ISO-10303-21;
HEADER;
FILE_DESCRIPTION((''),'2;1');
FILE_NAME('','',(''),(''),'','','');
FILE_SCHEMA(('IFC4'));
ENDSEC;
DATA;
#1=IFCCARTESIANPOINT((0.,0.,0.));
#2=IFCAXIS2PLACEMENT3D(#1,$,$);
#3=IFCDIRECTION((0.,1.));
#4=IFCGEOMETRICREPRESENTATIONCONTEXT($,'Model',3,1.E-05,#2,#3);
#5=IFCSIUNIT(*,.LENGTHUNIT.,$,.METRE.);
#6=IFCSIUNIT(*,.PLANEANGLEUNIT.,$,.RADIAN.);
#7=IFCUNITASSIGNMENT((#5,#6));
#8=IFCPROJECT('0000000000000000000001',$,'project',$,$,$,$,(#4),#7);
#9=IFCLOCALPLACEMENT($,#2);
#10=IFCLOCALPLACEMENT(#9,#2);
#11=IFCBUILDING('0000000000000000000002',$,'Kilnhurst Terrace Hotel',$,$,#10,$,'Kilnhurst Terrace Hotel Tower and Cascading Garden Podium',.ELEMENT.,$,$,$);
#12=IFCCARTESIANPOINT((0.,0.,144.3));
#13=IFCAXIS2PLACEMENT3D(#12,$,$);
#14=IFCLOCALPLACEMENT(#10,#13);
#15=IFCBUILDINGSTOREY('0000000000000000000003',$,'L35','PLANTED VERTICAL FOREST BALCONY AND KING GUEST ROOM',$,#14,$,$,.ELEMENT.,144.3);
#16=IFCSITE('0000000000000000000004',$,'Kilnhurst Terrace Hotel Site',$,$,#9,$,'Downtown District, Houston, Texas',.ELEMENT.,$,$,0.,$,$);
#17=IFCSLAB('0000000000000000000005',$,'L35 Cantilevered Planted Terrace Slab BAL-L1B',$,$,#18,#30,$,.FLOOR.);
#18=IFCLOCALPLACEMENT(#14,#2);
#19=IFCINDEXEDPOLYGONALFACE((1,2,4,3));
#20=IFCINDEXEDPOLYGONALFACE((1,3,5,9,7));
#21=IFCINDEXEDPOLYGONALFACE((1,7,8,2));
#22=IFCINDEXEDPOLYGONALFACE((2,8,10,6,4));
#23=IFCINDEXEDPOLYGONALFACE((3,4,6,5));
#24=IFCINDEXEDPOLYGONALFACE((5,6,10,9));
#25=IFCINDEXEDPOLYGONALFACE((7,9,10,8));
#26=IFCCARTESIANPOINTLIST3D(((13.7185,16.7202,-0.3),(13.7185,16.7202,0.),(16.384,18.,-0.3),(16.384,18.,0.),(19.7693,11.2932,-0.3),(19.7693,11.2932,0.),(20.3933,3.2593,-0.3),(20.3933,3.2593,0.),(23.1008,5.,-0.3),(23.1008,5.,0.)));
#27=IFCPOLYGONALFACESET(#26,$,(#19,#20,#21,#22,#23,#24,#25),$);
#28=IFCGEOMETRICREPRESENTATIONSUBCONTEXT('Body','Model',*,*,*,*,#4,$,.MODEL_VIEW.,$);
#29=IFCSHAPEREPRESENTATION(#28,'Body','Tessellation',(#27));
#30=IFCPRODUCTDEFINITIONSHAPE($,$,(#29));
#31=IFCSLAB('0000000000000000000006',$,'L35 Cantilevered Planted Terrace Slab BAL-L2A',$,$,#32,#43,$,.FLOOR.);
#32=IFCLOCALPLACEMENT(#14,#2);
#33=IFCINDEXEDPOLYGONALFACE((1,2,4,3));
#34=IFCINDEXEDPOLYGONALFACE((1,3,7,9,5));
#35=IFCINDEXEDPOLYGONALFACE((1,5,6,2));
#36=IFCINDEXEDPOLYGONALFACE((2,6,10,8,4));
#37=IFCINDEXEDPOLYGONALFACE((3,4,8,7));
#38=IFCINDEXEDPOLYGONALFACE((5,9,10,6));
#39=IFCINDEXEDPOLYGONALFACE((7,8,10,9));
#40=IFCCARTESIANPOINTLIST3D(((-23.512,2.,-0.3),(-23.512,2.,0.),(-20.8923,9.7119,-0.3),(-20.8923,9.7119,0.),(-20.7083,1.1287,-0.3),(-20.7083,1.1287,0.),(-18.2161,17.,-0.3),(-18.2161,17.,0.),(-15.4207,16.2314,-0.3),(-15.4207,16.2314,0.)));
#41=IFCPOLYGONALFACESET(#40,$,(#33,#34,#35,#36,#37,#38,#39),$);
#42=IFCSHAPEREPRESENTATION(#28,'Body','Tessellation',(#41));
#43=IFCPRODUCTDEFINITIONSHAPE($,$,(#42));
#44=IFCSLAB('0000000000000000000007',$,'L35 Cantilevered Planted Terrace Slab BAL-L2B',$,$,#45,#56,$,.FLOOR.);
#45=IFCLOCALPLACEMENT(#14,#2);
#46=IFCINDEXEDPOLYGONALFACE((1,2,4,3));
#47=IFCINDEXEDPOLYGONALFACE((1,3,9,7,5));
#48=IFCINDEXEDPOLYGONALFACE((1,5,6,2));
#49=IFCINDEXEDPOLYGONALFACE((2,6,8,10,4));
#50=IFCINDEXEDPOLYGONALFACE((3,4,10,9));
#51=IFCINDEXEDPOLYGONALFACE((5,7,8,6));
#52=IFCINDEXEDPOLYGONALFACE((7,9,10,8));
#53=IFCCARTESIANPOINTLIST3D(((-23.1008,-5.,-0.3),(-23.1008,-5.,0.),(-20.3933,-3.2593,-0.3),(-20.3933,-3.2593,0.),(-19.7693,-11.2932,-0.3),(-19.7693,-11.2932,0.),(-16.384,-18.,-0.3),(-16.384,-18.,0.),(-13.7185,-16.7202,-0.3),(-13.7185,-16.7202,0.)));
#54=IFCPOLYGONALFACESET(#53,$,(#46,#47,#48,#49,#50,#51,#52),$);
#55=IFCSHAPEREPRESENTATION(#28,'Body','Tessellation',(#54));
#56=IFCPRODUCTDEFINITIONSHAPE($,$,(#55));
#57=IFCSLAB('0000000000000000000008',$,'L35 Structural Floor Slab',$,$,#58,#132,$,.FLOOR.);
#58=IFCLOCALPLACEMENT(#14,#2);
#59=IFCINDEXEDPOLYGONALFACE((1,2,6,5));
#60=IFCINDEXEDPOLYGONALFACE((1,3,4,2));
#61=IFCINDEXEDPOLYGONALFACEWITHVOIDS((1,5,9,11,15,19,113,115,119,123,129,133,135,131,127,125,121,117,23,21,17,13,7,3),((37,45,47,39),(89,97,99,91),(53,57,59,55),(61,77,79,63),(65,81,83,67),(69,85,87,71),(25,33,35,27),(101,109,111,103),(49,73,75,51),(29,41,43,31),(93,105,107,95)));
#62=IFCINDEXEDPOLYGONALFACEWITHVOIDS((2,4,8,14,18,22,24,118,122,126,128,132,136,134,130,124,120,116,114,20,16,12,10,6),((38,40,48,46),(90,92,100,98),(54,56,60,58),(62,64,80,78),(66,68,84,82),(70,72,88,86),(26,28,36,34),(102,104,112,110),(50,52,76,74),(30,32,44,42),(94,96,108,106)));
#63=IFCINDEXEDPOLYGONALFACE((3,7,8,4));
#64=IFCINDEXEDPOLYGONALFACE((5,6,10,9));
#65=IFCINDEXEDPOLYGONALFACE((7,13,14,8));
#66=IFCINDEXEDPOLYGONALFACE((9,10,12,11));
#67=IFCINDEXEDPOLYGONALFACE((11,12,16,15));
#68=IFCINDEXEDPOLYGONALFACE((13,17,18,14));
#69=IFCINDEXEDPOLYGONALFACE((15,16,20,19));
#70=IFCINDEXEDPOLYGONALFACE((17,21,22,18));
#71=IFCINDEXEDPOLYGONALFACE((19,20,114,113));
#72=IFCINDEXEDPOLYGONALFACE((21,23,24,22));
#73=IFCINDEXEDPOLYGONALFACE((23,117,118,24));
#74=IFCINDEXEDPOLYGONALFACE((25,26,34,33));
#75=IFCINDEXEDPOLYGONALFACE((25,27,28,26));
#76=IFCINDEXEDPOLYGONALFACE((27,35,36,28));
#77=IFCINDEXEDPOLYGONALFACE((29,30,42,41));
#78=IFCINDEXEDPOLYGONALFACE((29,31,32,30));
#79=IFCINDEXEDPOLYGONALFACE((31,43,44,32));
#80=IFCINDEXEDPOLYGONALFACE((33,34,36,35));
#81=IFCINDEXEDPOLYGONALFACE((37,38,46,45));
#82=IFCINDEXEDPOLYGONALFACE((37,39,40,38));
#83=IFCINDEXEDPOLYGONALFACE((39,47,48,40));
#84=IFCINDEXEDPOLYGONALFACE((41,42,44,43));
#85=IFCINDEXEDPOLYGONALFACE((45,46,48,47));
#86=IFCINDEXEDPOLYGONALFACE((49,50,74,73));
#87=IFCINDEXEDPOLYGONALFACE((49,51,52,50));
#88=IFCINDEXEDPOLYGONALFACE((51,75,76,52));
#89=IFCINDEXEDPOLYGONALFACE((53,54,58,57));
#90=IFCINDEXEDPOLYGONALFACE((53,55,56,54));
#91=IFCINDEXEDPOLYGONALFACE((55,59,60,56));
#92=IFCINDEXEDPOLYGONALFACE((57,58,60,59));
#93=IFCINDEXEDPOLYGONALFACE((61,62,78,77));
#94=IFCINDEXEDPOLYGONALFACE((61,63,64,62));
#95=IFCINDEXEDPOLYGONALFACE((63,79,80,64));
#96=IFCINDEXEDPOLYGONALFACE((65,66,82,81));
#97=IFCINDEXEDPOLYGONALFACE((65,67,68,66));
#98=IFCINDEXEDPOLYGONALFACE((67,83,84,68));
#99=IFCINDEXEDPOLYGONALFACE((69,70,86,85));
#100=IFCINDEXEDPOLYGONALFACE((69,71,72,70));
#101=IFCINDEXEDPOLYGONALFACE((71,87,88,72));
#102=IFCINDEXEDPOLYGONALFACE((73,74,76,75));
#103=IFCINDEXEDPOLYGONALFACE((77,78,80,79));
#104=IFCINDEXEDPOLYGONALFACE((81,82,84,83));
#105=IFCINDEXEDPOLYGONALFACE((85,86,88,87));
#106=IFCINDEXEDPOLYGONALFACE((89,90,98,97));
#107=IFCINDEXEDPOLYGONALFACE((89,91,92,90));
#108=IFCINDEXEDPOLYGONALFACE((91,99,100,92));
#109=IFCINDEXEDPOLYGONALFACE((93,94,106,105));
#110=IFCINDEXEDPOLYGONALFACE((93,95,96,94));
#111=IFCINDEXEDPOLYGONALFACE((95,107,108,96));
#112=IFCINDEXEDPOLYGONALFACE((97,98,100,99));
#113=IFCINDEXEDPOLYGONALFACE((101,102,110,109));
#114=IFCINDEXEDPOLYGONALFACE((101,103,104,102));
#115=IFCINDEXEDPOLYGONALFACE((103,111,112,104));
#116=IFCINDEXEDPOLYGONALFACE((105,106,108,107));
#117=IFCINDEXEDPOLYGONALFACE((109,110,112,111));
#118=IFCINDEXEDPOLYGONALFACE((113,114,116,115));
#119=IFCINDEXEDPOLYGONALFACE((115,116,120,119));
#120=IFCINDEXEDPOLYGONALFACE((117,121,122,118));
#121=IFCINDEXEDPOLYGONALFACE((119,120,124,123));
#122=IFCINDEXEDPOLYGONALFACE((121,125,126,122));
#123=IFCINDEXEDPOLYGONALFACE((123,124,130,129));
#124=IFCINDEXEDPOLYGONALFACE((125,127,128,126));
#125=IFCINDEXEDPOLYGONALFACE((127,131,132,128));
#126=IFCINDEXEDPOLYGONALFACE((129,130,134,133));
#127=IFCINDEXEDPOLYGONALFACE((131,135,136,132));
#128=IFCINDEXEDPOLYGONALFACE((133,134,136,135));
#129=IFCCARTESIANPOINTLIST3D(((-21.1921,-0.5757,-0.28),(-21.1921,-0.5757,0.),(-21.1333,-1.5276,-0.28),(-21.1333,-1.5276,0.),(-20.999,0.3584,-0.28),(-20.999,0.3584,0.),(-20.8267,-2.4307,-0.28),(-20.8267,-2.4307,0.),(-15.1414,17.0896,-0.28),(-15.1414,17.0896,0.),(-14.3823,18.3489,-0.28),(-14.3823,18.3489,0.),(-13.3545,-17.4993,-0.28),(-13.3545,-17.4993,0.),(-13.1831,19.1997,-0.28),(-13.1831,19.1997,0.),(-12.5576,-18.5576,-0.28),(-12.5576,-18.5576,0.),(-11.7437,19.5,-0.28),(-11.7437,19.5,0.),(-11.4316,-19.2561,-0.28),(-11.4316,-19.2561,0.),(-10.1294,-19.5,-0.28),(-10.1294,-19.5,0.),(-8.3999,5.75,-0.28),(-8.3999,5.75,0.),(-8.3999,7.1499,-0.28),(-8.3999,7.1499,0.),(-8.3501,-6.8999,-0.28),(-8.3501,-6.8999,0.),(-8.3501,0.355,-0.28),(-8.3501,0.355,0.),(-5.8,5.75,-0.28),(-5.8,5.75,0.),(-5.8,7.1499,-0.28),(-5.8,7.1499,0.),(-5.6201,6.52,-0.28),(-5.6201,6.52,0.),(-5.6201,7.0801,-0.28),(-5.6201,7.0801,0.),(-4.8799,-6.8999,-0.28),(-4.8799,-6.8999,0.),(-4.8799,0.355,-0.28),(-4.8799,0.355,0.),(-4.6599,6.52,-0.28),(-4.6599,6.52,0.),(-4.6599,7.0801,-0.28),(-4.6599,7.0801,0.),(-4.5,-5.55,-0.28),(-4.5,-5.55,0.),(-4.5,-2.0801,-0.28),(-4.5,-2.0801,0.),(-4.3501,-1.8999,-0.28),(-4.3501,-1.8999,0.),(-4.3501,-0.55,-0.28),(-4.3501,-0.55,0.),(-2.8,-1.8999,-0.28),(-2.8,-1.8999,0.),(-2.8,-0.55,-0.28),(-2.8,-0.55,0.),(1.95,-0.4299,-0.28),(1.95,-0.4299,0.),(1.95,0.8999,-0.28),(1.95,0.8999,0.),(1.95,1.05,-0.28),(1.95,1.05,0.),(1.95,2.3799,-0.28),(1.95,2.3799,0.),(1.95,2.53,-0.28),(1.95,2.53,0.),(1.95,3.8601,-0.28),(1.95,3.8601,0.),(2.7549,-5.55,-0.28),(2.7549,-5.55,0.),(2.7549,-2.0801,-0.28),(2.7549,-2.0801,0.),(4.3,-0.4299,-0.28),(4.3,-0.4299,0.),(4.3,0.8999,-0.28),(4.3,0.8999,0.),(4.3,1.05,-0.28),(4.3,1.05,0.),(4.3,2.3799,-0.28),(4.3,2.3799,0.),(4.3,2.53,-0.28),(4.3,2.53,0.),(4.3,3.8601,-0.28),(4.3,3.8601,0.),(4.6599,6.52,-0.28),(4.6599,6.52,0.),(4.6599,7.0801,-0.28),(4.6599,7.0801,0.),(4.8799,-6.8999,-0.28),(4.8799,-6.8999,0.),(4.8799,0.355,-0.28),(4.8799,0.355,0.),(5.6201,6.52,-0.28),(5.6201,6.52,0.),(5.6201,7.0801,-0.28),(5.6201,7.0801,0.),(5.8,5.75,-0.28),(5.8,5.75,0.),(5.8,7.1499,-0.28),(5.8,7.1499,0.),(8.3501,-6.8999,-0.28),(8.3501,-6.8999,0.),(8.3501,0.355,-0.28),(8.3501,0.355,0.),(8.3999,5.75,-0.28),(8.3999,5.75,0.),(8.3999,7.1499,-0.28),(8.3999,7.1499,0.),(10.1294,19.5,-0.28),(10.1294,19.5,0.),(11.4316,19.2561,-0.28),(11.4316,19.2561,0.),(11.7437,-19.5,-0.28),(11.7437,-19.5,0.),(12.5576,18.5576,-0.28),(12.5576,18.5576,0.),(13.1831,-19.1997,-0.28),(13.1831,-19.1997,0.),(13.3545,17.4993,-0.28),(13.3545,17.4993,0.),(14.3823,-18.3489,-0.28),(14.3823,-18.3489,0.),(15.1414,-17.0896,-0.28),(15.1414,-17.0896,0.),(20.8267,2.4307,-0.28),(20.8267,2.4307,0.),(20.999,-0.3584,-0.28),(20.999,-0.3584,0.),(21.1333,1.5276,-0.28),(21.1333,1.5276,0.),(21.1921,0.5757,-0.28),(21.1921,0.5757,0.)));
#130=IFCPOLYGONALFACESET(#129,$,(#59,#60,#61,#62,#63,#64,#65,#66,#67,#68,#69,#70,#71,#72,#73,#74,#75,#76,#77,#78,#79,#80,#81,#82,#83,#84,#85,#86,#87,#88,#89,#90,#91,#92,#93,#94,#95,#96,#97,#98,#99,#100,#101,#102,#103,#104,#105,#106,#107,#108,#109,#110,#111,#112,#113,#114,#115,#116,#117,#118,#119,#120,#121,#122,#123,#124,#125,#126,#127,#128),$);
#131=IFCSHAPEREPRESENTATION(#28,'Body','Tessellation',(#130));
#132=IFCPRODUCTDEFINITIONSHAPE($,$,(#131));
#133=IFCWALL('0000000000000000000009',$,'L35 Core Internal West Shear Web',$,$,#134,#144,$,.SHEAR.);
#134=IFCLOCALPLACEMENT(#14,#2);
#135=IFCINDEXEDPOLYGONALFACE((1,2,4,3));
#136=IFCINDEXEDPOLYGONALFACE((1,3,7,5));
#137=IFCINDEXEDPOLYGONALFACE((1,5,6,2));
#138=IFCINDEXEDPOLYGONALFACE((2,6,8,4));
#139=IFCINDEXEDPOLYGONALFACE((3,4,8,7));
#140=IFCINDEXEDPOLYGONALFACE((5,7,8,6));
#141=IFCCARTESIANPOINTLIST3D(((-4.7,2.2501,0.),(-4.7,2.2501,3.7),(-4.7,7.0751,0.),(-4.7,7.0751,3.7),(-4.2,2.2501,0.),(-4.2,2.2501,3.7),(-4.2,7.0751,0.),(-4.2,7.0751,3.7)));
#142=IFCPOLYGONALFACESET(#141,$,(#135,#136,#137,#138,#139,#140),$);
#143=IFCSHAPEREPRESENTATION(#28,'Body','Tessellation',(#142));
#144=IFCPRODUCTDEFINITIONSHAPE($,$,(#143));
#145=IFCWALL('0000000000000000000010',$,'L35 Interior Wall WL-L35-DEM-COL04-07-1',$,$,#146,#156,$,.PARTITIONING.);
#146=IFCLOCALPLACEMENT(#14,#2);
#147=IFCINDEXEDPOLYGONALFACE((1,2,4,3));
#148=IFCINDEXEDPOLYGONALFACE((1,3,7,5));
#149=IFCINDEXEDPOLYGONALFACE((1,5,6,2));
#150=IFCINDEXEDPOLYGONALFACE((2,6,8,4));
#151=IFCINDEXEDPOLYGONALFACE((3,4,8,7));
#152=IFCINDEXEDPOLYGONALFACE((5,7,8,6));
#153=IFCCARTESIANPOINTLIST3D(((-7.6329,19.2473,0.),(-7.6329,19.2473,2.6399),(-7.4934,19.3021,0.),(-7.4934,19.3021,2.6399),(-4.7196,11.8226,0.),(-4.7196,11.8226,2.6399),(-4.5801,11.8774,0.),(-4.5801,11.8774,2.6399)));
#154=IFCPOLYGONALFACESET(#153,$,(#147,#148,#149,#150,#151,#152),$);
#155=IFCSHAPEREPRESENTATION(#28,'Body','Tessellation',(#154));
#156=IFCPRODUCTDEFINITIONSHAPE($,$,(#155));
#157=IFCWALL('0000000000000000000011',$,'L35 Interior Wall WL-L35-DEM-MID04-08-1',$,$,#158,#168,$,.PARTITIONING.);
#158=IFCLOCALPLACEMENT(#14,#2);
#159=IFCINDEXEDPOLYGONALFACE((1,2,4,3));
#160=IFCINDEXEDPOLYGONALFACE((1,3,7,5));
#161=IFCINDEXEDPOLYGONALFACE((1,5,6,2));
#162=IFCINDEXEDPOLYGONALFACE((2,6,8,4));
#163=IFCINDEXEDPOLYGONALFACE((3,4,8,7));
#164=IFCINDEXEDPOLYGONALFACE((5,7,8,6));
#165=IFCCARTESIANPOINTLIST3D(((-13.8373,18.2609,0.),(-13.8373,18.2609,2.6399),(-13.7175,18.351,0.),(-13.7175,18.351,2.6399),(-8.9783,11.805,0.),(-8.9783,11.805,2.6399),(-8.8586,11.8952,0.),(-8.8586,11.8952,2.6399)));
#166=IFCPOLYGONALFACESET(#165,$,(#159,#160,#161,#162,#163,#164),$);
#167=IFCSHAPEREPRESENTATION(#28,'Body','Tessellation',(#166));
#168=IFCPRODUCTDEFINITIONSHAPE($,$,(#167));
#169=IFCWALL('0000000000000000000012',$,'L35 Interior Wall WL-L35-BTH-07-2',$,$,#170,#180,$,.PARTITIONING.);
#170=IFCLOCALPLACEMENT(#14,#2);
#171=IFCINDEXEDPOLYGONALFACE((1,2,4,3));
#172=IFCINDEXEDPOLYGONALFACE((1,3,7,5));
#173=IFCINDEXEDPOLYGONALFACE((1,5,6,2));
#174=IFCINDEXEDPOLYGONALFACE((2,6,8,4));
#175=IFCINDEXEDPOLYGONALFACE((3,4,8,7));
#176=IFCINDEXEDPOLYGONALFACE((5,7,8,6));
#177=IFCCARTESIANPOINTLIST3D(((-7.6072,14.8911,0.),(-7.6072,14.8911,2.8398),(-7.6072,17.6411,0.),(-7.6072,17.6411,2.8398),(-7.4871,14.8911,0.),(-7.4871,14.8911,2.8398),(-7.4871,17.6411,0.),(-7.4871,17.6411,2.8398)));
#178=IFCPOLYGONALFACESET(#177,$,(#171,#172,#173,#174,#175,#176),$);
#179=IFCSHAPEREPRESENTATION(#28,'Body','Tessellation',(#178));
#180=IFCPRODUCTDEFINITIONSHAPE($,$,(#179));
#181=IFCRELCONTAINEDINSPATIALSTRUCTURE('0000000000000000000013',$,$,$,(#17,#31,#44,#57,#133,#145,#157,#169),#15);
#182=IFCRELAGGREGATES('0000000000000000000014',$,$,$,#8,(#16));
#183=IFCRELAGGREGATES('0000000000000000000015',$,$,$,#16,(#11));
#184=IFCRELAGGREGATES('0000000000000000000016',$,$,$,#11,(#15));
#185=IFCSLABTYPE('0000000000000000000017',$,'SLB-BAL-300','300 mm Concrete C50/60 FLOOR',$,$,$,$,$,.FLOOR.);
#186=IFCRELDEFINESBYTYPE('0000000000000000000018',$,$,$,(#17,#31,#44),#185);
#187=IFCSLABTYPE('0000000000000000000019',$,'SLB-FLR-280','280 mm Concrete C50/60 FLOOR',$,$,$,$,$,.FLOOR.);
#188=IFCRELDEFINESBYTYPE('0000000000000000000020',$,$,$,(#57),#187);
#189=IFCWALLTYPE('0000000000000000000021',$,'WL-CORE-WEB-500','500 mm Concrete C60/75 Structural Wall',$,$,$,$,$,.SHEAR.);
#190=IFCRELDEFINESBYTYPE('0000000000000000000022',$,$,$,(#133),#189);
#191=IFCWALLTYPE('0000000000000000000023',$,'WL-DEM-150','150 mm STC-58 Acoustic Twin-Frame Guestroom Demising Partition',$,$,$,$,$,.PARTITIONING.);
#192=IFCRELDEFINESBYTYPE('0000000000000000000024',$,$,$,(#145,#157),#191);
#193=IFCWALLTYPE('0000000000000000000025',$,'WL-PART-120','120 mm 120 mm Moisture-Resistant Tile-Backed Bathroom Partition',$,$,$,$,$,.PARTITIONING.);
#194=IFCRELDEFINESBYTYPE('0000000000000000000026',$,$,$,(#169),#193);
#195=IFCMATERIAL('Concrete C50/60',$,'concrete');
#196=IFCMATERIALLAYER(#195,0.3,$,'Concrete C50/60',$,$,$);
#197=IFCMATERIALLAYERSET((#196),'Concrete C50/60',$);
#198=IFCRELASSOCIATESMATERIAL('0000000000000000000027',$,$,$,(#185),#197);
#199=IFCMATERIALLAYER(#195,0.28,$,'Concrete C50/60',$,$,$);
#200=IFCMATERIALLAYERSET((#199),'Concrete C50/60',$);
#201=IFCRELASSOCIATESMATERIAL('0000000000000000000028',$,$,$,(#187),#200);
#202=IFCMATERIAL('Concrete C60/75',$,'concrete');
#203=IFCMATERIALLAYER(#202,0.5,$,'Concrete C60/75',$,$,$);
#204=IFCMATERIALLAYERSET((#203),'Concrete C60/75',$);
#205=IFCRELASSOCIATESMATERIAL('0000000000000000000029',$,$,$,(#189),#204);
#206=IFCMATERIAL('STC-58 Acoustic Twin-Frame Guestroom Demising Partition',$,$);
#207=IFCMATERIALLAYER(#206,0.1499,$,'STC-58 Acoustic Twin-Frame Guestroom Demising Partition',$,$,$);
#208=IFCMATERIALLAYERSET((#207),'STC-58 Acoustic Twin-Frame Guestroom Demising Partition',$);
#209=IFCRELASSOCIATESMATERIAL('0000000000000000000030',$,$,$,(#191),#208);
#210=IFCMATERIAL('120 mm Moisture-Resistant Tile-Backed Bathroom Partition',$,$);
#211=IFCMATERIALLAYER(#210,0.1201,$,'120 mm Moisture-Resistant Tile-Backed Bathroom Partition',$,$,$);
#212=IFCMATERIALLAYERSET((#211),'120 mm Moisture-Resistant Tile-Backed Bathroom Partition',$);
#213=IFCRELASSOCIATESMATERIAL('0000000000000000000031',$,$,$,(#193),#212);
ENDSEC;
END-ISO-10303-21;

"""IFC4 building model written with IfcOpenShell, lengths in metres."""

from ifc_helpers import new_model, si_unit, direction, frame, frame_2d, origin, place, context, subcontext, project, spatial, polyline, rectangle, outline, extrude, material, layer, layer_set, type_object, element, save


model = new_model("IFC4")

# Units and contexts
model_context = context("Model", 3, precision=1e-05, world=origin(), true_north=direction((0.0, 1.0)))
body_context = subcontext(model_context, "Body", "Model", "MODEL_VIEW")
ifc_project = project(units=[si_unit("LENGTHUNIT", "METRE"), si_unit("PLANEANGLEUNIT", "RADIAN")], contexts=[model_context])

# Site, building, storey
site_placement = place(None, origin())
site = spatial("IfcSite", under=ifc_project, at=site_placement, Name="Kilnhurst Terrace Hotel Site", LongName="Downtown District, Houston, Texas", CompositionType="ELEMENT", RefElevation=0.0)
building_placement = place(site_placement, origin())
building = spatial("IfcBuilding", under=site, at=building_placement, Name="Kilnhurst Terrace Hotel", LongName="Kilnhurst Terrace Hotel Tower and Cascading Garden Podium", CompositionType="ELEMENT")
storey_placement = place(building_placement, frame((0.0, 0.0, 144.3)))
storey = spatial("IfcBuildingStorey", under=building, at=storey_placement, Name="L35", Description="PLANTED VERTICAL FOREST BALCONY AND KING GUEST ROOM", CompositionType="ELEMENT", Elevation=144.3)

# Shared definitions
ifc_material_1 = material(Name="Concrete C50/60", Category="concrete")

# Slabs
ifc_layer_1 = layer(ifc_material_1, 0.3, Name="Concrete C50/60")
ifc_layer_set_1 = layer_set([ifc_layer_1], Name="Concrete C50/60")
slab_type_1 = type_object("IfcSlabType", Name="SLB-BAL-300", Description="300 mm Concrete C50/60 FLOOR", PredefinedType="FLOOR", material=ifc_layer_set_1)
slab_1_placement = place(storey_placement, frame((0.0, 0.0, -0.3)))
element("IfcSlab", 1, at=slab_1_placement, inside=storey, type_object=slab_type_1, Name="L35 Cantilevered Planted Terrace Slab BAL-L1B", PredefinedType="FLOOR", context=body_context, shape_type="SweptSolid", body=[
    extrude(outline(polyline([(23.1008, 5.0), (20.3933, 3.2593), (13.7185, 16.7202), (16.384, 18.0), (19.7693, 11.2932), (23.1008, 5.0)])), origin(), (0.0, 0.0, 1.0), 0.3),
])
slab_2_placement = place(storey_placement, frame((0.0, 0.0, -0.3)))
element("IfcSlab", 2, at=slab_2_placement, inside=storey, type_object=slab_type_1, Name="L35 Cantilevered Planted Terrace Slab BAL-L2A", PredefinedType="FLOOR", context=body_context, shape_type="SweptSolid", body=[
    extrude(outline(polyline([(-18.2161, 17.0), (-15.4207, 16.2314), (-20.7083, 1.1287), (-23.512, 2.0), (-20.8923, 9.7119), (-18.2161, 17.0)])), origin(), (0.0, 0.0, 1.0), 0.3),
])
slab_3_placement = place(storey_placement, frame((0.0, 0.0, -0.3)))
element("IfcSlab", 3, at=slab_3_placement, inside=storey, type_object=slab_type_1, Name="L35 Cantilevered Planted Terrace Slab BAL-L2B", PredefinedType="FLOOR", context=body_context, shape_type="SweptSolid", body=[
    extrude(outline(polyline([(-23.1008, -5.0), (-20.3933, -3.2593), (-13.7185, -16.7202), (-16.384, -18.0), (-19.7693, -11.2932), (-23.1008, -5.0)])), origin(), (0.0, 0.0, 1.0), 0.3),
])
ifc_layer_2 = layer(ifc_material_1, 0.28, Name="Concrete C50/60")
ifc_layer_set_2 = layer_set([ifc_layer_2], Name="Concrete C50/60")
slab_type_2 = type_object("IfcSlabType", Name="SLB-FLR-280", Description="280 mm Concrete C50/60 FLOOR", PredefinedType="FLOOR", material=ifc_layer_set_2)
slab_4_placement = place(storey_placement, frame((0.0, 0.0, -0.28)))
element("IfcSlab", 4, at=slab_4_placement, inside=storey, type_object=slab_type_2, Name="L35 Structural Floor Slab", PredefinedType="FLOOR", context=body_context, shape_type="SweptSolid", body=[
    extrude(outline(polyline([(-13.3545, -17.4993), (-12.5576, -18.5576), (-11.4316, -19.2561), (-10.1294, -19.5), (11.7437, -19.5), (13.1831, -19.1997), (14.3823, -18.3489), (15.1414, -17.0896), (20.999, -0.3584), (21.1921, 0.5757), (21.1333, 1.5276), (20.8267, 2.4307), (13.3545, 17.4993), (12.5576, 18.5576), (11.4316, 19.2561), (10.1294, 19.5), (-11.7437, 19.5), (-13.1831, 19.1997), (-14.3823, 18.3489), (-15.1414, 17.0896), (-20.999, 0.3584), (-21.1921, -0.5757), (-21.1333, -1.5276), (-20.8267, -2.4307), (-13.3545, -17.4993)]), holes=[polyline([(2.7549, -2.0801), (2.7549, -5.55), (-4.5, -5.55), (-4.5, -2.0801), (2.7549, -2.0801)]), polyline([(-8.3501, 0.355), (-4.8799, 0.355), (-4.8799, -6.8999), (-8.3501, -6.8999), (-8.3501, 0.355)]), polyline([(-2.8, -1.8999), (-4.3501, -1.8999), (-4.3501, -0.55), (-2.8, -0.55), (-2.8, -1.8999)]), polyline([(1.95, -0.4299), (1.95, 0.8999), (4.3, 0.8999), (4.3, -0.4299), (1.95, -0.4299)]), polyline([(-8.3999, 5.75), (-8.3999, 7.1499), (-5.8, 7.1499), (-5.8, 5.75), (-8.3999, 5.75)]), polyline([(-4.6599, 6.52), (-5.6201, 6.52), (-5.6201, 7.0801), (-4.6599, 7.0801), (-4.6599, 6.52)]), polyline([(8.3501, 0.355), (8.3501, -6.8999), (4.8799, -6.8999), (4.8799, 0.355), (8.3501, 0.355)]), polyline([(1.95, 1.05), (1.95, 2.3799), (4.3, 2.3799), (4.3, 1.05), (1.95, 1.05)]), polyline([(4.3, 2.53), (1.95, 2.53), (1.95, 3.8601), (4.3, 3.8601), (4.3, 2.53)]), polyline([(5.8, 5.75), (5.8, 7.1499), (8.3999, 7.1499), (8.3999, 5.75), (5.8, 5.75)]), polyline([(4.6599, 6.52), (4.6599, 7.0801), (5.6201, 7.0801), (5.6201, 6.52), (4.6599, 6.52)])]), origin(), (0.0, 0.0, 1.0), 0.28),
])

# Walls
ifc_material_2 = material(Name="Concrete C60/75", Category="concrete")
ifc_layer_3 = layer(ifc_material_2, 0.5, Name="Concrete C60/75")
ifc_layer_set_3 = layer_set([ifc_layer_3], Name="Concrete C60/75")
wall_type_1 = type_object("IfcWallType", Name="WL-CORE-WEB-500", Description="500 mm Concrete C60/75 Structural Wall", PredefinedType="SHEAR", material=ifc_layer_set_3)
wall_1_placement = place(storey_placement, frame((-4.45, 2.25, 0.0), z_axis=(0.0, 0.0, 1.0), x_axis=(0.0, 1.0, 0.0)))
element("IfcWall", 5, at=wall_1_placement, inside=storey, type_object=wall_type_1, Name="L35 Core Internal West Shear Web", PredefinedType="SHEAR", context=body_context, shape_type="SweptSolid", body=[
    extrude(rectangle(XDim=4.825, YDim=0.5, at=frame_2d((2.4126, 0.0))), origin(), (0.0, 0.0, 1.0), 3.7),
])
ifc_material_3 = material(Name="STC-58 Acoustic Twin-Frame Guestroom Demising Partition")
ifc_layer_4 = layer(ifc_material_3, 0.1499, Name="STC-58 Acoustic Twin-Frame Guestroom Demising Partition")
ifc_layer_set_4 = layer_set([ifc_layer_4], Name="STC-58 Acoustic Twin-Frame Guestroom Demising Partition")
wall_type_2 = type_object("IfcWallType", Name="WL-DEM-150", Description="150 mm STC-58 Acoustic Twin-Frame Guestroom Demising Partition", PredefinedType="PARTITIONING", material=ifc_layer_set_4)
wall_2_placement = place(storey_placement, frame((-4.6499, 11.8501, 0.0), z_axis=(0.0, 0.0, 1.0), x_axis=(-0.365266, 0.930903, 0.0)))
element("IfcWall", 6, at=wall_2_placement, inside=storey, type_object=wall_type_2, Name="L35 Interior Wall WL-L35-DEM-COL04-07-1", PredefinedType="PARTITIONING", context=body_context, shape_type="SweptSolid", body=[
    extrude(rectangle(XDim=7.9758, YDim=0.1499, at=frame_2d((3.9878, 0.0))), origin(), (0.0, 0.0, 1.0), 2.6399),
])
wall_3_placement = place(storey_placement, frame((-8.9185, 11.8501, 0.0), z_axis=(0.0, 0.0, 1.0), x_axis=(-0.601348, 0.798987, 0.0)))
element("IfcWall", 7, at=wall_3_placement, inside=storey, type_object=wall_type_2, Name="L35 Interior Wall WL-L35-DEM-MID04-08-1", PredefinedType="PARTITIONING", context=body_context, shape_type="SweptSolid", body=[
    extrude(rectangle(XDim=8.0801, YDim=0.1499, at=frame_2d((4.04, 0.0))), origin(), (0.0, 0.0, 1.0), 2.6399),
])
ifc_material_4 = material(Name="120 mm Moisture-Resistant Tile-Backed Bathroom Partition")
ifc_layer_5 = layer(ifc_material_4, 0.1201, Name="120 mm Moisture-Resistant Tile-Backed Bathroom Partition")
ifc_layer_set_5 = layer_set([ifc_layer_5], Name="120 mm Moisture-Resistant Tile-Backed Bathroom Partition")
wall_type_3 = type_object("IfcWallType", Name="WL-PART-120", Description="120 mm 120 mm Moisture-Resistant Tile-Backed Bathroom Partition", PredefinedType="PARTITIONING", material=ifc_layer_set_5)
wall_4_placement = place(storey_placement, frame((-7.5471, 14.8911, 0.0), z_axis=(0.0, 0.0, 1.0), x_axis=(0.0, 1.0, 0.0)))
element("IfcWall", 8, at=wall_4_placement, inside=storey, type_object=wall_type_3, Name="L35 Interior Wall WL-L35-BTH-07-2", PredefinedType="PARTITIONING", context=body_context, shape_type="SweptSolid", body=[
    extrude(rectangle(XDim=2.75, YDim=0.1201, at=frame_2d((1.375, 0.0))), origin(), (0.0, 0.0, 1.0), 2.8398),
])

save(model, "model.ifc")
